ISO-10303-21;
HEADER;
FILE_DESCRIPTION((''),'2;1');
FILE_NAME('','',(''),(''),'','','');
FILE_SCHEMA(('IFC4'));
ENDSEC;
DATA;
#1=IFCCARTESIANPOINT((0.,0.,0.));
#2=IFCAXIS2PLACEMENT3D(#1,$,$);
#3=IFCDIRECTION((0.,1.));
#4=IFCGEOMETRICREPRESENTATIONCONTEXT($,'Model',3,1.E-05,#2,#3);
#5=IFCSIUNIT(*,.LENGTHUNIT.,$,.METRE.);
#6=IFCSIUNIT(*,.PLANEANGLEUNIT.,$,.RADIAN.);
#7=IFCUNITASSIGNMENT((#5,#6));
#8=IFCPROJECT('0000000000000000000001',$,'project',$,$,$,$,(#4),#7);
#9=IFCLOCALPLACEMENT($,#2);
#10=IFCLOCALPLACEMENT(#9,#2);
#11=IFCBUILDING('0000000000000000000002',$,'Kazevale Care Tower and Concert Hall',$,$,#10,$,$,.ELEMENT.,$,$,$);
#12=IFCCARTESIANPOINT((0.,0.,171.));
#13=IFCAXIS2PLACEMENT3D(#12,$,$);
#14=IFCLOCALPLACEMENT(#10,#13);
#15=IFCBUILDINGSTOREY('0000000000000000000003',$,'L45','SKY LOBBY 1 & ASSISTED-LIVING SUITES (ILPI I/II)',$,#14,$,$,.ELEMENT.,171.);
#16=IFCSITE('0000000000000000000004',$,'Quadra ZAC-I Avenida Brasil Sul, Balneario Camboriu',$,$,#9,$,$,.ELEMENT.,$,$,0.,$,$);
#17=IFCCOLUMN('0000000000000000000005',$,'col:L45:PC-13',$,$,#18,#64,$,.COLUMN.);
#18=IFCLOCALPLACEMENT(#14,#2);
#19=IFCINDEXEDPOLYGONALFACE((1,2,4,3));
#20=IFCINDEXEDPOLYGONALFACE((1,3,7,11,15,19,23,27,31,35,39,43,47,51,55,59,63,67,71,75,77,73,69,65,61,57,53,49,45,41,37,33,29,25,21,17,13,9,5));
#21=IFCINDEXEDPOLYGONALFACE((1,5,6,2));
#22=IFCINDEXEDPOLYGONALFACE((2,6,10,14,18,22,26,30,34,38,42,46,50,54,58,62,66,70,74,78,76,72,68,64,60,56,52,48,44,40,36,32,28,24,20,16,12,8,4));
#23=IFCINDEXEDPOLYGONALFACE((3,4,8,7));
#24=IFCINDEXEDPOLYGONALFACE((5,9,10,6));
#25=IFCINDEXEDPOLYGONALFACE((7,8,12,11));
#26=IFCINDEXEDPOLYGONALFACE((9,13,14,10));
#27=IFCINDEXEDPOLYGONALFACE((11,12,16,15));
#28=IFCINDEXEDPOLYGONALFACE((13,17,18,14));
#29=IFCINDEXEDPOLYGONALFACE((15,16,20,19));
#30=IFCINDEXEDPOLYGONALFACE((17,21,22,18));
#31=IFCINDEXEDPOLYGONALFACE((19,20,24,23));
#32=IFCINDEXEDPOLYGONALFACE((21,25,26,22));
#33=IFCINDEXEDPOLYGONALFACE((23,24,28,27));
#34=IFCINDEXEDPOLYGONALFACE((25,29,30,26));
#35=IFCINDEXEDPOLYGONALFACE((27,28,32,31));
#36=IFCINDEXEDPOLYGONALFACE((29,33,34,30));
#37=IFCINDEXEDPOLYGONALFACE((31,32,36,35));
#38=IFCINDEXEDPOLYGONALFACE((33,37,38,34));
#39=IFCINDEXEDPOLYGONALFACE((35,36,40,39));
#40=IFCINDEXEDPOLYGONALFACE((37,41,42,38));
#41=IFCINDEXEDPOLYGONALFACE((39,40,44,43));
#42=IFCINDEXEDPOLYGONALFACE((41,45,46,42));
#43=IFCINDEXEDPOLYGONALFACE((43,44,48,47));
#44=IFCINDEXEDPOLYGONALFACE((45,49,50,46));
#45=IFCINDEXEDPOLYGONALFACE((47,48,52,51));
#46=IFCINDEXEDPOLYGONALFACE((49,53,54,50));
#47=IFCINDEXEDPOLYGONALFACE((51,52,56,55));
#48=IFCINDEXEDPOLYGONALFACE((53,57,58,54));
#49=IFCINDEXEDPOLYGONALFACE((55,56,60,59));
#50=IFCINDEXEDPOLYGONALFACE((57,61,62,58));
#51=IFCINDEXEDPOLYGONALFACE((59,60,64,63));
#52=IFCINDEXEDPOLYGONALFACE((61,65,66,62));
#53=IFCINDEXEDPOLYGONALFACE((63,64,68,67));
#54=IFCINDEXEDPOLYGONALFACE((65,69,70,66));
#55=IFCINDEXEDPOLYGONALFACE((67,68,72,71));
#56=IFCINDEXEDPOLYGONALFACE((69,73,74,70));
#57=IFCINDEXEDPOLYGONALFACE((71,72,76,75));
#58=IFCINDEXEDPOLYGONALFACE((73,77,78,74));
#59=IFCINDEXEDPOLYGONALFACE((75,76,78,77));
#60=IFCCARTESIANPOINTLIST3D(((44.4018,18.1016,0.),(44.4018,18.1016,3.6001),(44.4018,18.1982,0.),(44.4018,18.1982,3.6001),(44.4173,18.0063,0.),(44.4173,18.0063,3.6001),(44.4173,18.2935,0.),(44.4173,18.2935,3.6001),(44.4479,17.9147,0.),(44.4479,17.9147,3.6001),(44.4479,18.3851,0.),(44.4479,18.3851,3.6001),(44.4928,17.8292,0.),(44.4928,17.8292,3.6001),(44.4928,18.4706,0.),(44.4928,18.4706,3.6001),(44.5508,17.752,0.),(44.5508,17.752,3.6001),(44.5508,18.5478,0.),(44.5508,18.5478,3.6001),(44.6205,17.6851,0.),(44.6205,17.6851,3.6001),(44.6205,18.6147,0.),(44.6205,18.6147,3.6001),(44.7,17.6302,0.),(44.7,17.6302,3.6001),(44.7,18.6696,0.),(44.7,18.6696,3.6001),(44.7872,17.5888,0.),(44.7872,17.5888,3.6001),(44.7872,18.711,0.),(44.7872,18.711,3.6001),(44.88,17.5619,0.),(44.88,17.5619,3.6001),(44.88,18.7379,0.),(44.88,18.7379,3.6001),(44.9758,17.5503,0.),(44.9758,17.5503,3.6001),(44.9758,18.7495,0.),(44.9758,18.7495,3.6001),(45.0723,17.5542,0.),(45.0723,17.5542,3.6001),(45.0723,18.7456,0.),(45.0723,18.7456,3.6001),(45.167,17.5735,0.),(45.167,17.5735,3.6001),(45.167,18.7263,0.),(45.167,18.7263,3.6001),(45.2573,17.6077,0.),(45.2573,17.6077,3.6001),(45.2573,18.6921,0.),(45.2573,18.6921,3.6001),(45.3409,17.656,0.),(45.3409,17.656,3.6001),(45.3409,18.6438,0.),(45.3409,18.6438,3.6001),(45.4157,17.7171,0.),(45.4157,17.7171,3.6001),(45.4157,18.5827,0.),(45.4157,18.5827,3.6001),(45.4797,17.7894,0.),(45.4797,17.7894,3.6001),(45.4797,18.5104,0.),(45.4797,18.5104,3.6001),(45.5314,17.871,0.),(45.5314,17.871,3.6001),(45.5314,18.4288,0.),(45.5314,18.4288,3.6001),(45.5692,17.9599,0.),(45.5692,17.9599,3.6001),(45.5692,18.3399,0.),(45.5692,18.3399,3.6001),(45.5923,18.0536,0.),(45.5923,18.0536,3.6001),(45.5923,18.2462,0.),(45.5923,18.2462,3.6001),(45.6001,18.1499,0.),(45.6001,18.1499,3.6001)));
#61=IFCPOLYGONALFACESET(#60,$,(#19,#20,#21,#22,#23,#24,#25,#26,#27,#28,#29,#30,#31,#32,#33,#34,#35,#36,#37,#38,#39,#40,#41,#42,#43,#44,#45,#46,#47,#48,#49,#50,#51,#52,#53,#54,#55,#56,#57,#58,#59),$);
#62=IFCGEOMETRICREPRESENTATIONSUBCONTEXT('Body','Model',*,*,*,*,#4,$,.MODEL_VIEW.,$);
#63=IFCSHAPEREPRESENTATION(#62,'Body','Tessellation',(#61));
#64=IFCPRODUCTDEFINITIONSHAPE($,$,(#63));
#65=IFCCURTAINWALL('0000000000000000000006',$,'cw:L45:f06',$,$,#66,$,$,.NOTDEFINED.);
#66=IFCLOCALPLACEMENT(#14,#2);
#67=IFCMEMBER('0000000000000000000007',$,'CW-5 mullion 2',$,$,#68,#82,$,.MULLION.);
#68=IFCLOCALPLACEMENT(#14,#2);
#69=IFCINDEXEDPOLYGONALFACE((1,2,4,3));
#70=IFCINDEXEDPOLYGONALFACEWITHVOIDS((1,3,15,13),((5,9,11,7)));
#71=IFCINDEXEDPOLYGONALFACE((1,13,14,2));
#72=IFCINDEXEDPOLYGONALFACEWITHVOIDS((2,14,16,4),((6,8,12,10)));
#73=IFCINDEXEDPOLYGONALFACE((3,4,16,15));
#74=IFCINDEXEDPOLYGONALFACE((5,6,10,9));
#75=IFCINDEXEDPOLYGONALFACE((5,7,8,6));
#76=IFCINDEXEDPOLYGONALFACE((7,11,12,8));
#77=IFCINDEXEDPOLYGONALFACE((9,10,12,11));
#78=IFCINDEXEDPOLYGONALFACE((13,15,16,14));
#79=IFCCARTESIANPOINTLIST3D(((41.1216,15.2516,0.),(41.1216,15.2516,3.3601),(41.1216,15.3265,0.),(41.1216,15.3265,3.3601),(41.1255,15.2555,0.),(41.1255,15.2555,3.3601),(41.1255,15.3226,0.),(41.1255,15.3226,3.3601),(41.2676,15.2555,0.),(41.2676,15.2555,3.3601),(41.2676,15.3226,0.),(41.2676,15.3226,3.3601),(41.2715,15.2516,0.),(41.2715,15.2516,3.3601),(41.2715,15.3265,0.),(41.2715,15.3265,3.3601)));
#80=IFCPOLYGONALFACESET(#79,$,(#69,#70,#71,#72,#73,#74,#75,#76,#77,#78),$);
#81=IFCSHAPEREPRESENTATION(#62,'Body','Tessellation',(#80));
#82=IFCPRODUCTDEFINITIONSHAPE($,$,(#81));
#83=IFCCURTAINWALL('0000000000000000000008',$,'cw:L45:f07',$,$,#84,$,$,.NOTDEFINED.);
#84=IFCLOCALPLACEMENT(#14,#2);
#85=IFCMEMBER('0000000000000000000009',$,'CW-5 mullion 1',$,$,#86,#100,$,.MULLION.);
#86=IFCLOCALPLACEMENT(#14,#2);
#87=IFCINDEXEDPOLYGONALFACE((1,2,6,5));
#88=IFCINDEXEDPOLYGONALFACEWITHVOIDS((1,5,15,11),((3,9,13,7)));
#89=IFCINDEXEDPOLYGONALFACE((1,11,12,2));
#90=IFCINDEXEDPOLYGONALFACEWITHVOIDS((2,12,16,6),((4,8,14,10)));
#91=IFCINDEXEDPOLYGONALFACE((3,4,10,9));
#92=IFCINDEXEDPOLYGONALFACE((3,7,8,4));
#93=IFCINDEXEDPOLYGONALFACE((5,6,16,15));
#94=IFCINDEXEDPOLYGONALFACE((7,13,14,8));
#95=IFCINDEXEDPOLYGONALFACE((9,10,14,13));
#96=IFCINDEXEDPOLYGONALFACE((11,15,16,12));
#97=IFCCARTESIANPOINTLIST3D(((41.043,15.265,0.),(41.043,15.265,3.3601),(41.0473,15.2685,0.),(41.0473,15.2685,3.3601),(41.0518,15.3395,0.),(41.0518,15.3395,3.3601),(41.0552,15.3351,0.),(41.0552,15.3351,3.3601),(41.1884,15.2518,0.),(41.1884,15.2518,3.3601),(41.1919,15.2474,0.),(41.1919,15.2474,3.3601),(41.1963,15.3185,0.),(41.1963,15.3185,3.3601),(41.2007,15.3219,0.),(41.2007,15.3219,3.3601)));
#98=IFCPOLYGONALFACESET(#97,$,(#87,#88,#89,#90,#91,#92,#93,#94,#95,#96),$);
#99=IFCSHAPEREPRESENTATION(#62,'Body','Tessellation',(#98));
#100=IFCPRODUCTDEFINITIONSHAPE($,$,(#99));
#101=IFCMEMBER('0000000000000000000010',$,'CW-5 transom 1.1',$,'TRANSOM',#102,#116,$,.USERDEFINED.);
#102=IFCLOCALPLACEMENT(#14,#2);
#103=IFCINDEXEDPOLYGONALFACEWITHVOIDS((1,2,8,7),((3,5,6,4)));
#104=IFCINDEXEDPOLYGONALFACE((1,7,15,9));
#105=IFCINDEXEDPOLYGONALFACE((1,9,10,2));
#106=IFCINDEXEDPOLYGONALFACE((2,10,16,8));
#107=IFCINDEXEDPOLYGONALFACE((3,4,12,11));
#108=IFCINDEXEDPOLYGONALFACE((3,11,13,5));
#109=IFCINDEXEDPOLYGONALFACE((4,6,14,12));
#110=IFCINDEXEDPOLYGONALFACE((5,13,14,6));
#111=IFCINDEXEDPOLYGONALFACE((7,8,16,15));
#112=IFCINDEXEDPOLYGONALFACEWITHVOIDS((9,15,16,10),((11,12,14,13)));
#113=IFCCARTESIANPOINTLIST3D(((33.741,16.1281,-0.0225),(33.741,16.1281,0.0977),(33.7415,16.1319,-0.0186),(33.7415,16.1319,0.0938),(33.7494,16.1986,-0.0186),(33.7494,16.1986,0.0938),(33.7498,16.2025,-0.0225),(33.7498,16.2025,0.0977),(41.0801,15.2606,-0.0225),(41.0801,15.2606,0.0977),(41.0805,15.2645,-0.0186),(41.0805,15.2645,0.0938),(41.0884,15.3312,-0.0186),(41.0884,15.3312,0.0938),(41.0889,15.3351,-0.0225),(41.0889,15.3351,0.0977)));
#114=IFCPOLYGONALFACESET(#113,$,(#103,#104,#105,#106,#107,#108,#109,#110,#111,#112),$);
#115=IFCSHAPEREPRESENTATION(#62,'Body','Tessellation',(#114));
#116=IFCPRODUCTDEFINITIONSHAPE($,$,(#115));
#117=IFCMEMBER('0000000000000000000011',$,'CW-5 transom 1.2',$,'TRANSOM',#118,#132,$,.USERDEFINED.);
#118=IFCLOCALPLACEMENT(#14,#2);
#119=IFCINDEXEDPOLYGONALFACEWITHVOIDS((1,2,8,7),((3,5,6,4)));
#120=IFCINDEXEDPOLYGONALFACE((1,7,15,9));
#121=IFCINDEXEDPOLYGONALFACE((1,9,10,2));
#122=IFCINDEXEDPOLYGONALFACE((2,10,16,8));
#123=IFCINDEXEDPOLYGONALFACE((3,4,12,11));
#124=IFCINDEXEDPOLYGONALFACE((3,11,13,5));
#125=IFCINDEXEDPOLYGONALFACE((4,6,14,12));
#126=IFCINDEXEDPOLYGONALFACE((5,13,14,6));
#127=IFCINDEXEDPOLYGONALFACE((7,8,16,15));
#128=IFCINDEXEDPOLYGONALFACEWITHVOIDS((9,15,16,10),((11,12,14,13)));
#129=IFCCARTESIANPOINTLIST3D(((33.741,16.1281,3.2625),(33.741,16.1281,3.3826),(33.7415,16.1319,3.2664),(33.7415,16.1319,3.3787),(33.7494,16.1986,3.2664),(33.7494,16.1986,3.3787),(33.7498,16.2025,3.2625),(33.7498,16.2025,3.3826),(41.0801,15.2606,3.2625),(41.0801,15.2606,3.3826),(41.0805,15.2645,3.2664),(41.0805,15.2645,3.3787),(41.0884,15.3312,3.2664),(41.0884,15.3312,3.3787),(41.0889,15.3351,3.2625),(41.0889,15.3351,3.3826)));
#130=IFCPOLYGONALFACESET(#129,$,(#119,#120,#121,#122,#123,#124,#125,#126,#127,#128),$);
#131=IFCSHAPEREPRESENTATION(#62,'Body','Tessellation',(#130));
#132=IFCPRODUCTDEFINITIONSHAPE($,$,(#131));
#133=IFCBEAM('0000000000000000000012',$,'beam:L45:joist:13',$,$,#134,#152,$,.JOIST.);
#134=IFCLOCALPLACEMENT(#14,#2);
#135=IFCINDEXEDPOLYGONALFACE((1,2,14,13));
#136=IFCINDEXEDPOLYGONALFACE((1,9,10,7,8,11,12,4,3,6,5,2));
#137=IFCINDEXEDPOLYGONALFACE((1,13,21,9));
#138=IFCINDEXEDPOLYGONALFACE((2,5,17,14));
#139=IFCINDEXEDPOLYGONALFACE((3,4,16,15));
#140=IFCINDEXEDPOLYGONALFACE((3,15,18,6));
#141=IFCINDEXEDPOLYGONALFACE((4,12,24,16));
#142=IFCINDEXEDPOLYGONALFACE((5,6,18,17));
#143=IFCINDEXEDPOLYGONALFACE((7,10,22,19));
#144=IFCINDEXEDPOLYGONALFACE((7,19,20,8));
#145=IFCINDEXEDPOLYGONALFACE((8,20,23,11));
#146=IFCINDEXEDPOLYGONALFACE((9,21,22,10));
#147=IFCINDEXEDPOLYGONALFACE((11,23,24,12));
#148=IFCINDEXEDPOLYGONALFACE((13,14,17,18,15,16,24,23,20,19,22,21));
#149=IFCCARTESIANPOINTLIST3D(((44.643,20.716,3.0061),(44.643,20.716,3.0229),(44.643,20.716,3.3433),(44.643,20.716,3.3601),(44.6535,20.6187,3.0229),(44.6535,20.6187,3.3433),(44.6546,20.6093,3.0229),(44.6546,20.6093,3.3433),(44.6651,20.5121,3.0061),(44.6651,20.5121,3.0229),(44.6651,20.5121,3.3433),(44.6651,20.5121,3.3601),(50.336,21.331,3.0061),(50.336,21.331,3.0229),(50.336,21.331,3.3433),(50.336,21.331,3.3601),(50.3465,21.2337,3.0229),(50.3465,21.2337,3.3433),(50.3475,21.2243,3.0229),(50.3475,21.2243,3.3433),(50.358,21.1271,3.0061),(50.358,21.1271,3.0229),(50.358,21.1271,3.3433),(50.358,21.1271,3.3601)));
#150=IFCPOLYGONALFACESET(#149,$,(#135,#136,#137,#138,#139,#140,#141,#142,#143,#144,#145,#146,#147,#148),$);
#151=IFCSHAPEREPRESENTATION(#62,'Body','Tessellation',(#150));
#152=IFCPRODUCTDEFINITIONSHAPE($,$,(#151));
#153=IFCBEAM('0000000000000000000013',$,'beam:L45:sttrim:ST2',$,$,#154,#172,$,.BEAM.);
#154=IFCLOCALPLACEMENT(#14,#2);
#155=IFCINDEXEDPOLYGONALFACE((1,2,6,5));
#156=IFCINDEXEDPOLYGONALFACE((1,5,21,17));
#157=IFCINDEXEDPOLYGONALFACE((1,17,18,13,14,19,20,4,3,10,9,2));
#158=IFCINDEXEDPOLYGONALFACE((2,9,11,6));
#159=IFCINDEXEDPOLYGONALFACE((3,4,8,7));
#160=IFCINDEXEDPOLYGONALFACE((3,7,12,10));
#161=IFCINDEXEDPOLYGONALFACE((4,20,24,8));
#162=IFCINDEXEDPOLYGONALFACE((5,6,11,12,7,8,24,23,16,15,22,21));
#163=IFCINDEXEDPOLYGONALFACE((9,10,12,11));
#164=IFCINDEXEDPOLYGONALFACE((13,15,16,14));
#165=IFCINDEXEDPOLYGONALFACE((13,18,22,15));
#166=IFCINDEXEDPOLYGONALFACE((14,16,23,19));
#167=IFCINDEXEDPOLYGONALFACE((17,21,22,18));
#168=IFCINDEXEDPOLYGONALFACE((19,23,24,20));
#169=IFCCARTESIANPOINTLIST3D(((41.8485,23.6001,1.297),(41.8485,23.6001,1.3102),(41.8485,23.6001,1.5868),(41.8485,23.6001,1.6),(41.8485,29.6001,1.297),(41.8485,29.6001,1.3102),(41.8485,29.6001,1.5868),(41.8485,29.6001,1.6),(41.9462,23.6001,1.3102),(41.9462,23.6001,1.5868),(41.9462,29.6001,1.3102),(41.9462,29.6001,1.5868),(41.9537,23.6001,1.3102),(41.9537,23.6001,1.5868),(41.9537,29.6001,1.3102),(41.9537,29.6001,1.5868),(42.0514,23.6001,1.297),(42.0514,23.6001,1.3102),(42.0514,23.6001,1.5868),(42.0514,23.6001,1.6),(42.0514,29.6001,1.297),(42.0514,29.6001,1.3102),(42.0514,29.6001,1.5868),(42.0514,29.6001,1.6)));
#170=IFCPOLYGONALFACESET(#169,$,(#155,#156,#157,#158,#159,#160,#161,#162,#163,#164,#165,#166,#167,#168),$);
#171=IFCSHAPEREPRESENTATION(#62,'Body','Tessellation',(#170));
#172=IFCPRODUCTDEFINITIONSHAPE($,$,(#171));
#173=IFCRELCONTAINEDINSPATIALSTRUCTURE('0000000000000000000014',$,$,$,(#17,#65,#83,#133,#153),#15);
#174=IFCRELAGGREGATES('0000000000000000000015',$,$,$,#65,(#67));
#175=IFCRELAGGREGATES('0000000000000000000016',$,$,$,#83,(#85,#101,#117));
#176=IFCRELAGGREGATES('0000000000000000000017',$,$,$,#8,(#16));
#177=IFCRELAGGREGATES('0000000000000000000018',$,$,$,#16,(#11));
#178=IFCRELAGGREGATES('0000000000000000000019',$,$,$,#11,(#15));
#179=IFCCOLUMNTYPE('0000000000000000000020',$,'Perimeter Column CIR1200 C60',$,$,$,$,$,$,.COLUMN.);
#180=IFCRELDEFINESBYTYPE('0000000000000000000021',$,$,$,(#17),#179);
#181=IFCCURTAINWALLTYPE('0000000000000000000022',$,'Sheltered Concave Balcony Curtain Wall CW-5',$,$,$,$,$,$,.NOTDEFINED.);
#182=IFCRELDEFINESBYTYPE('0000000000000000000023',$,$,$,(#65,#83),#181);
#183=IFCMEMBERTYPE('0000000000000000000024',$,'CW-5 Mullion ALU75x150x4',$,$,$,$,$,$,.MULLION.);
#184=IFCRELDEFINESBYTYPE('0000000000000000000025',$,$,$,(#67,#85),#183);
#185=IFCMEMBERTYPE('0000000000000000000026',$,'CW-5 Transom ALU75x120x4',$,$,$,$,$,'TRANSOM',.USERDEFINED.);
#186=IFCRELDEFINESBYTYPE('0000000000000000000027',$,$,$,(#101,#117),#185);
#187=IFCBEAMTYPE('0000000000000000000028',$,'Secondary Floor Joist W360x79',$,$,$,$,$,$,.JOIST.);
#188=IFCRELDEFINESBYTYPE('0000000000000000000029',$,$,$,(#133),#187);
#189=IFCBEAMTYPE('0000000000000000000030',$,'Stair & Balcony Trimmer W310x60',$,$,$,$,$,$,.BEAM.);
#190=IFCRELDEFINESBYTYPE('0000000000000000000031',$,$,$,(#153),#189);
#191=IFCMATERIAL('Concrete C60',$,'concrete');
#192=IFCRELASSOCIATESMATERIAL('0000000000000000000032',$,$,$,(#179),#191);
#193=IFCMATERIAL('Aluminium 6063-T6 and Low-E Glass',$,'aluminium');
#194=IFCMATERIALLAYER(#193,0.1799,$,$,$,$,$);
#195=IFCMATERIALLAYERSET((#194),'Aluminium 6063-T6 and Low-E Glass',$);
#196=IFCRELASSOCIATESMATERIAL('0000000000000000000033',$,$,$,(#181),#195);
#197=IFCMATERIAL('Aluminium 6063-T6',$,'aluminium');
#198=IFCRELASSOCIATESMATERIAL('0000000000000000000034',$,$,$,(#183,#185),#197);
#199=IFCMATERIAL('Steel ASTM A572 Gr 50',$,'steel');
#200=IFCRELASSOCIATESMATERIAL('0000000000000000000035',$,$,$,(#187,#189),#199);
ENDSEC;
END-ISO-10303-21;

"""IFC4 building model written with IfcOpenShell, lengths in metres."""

from ifc_helpers import new_model, si_unit, direction, frame, origin, origin_2d, place, context, subcontext, project, spatial, hollow_rectangle, circle, i_section, extrude, material, layer, layer_set, material_profile, profile_set, type_object, element, aggregate, save


model = new_model("IFC4")

# Units and contexts
model_context = context("Model", 3, precision=1e-05, world=origin(), true_north=direction((0.0, 1.0)))
body_context = subcontext(model_context, "Body", "Model", "MODEL_VIEW")
ifc_project = project(units=[si_unit("LENGTHUNIT", "METRE"), si_unit("PLANEANGLEUNIT", "RADIAN")], contexts=[model_context])

# Site, building, storey
site_placement = place(None, origin())
site = spatial("IfcSite", under=ifc_project, at=site_placement, Name="Quadra ZAC-I Avenida Brasil Sul, Balneario Camboriu", CompositionType="ELEMENT", RefElevation=0.0)
building_placement = place(site_placement, origin())
building = spatial("IfcBuilding", under=site, at=building_placement, Name="Kazevale Care Tower and Concert Hall", CompositionType="ELEMENT")
storey_placement = place(building_placement, frame((0.0, 0.0, 171.0)))
storey = spatial("IfcBuildingStorey", under=building, at=storey_placement, Name="L45", Description="SKY LOBBY 1 & ASSISTED-LIVING SUITES (ILPI I/II)", CompositionType="ELEMENT", Elevation=171.0)

# Column
ifc_material_1 = material(Name="Concrete C60", Category="concrete")
ifc_material_profile_1 = material_profile(ifc_material_1, circle(Radius=0.6001, at=origin_2d()), Name="RC-CIR1200")
ifc_profile_set_1 = profile_set([ifc_material_profile_1], Name="Concrete C60")
column_type = type_object("IfcColumnType", Name="Perimeter Column CIR1200 C60", PredefinedType="COLUMN", material=ifc_profile_set_1)
column_placement = place(storey_placement, frame((45.0, 18.1499, 0.0), z_axis=(0.0, 0.0, 1.0), x_axis=(1.0, 0.0, 0.0)))
element("IfcColumn", 1, at=column_placement, inside=storey, type_object=column_type, Name="col:L45:PC-13", PredefinedType="COLUMN", context=body_context, shape_type="SweptSolid", body=[
    extrude(circle(Radius=0.6001, at=origin_2d()), origin(), (0.0, 0.0, 1.0), 3.6001),
])

# Curtain wall, member
ifc_material_2 = material(Name="Aluminium 6063-T6 and Low-E Glass", Category="aluminium")
ifc_layer_1 = layer(ifc_material_2, 0.1799)
ifc_layer_set_1 = layer_set([ifc_layer_1], Name="Aluminium 6063-T6 and Low-E Glass")
curtain_wall_type = type_object("IfcCurtainWallType", Name="Sheltered Concave Balcony Curtain Wall CW-5", PredefinedType="NOTDEFINED", material=ifc_layer_set_1)
curtain_wall_1_placement = place(storey_placement, origin())
curtain_wall_1 = element("IfcCurtainWall", 2, at=curtain_wall_1_placement, inside=storey, type_object=curtain_wall_type, Name="cw:L45:f06", PredefinedType="NOTDEFINED")
ifc_material_3 = material(Name="Aluminium 6063-T6", Category="aluminium")
ifc_material_profile_2 = material_profile(ifc_material_3, hollow_rectangle(XDim=0.075, YDim=0.1499, WallThickness=0.0039, at=origin_2d()), Name="ALU75x150x4")
ifc_profile_set_2 = profile_set([ifc_material_profile_2], Name="Aluminium 6063-T6")
member_type_1 = type_object("IfcMemberType", Name="CW-5 Mullion ALU75x150x4", PredefinedType="MULLION", material=ifc_profile_set_2)
member_1_placement = place(storey_placement, frame((41.1965, 15.2891, 0.0), z_axis=(0.0, 0.0, 1.0), x_axis=(0.0, -1.0, 0.0)))
member_1 = element("IfcMember", 3, at=member_1_placement, type_object=member_type_1, Name="CW-5 mullion 2", PredefinedType="MULLION", context=body_context, shape_type="SweptSolid", body=[
    extrude(hollow_rectangle(XDim=0.075, YDim=0.1499, WallThickness=0.0039, at=origin_2d()), origin(), (0.0, 0.0, 1.0), 3.3601),
])

# Curtain wall, members
curtain_wall_2_placement = place(storey_placement, origin())
curtain_wall_2 = element("IfcCurtainWall", 4, at=curtain_wall_2_placement, inside=storey, type_object=curtain_wall_type, Name="cw:L45:f07", PredefinedType="NOTDEFINED")
member_2_placement = place(storey_placement, frame((41.1218, 15.2935, 0.0), z_axis=(0.0, 0.0, 1.0), x_axis=(-0.117372, -0.993088, 0.0)))
member_2 = element("IfcMember", 5, at=member_2_placement, type_object=member_type_1, Name="CW-5 mullion 1", PredefinedType="MULLION", context=body_context, shape_type="SweptSolid", body=[
    extrude(hollow_rectangle(XDim=0.075, YDim=0.1499, WallThickness=0.0039, at=origin_2d()), origin(), (0.0, 0.0, 1.0), 3.3601),
])
ifc_material_profile_3 = material_profile(ifc_material_3, hollow_rectangle(XDim=0.075, YDim=0.1201, WallThickness=0.0039, at=origin_2d()), Name="ALU75x120x4")
ifc_profile_set_3 = profile_set([ifc_material_profile_3], Name="Aluminium 6063-T6")
member_type_2 = type_object("IfcMemberType", Name="CW-5 Transom ALU75x120x4", ElementType="TRANSOM", PredefinedType="USERDEFINED", material=ifc_profile_set_3)
member_3_placement = place(storey_placement, frame((41.0845, 15.2979, 0.0376), z_axis=(-0.993088, 0.117376, 0.0), x_axis=(-0.117376, -0.993088, 0.0)))
member_3 = element("IfcMember", 6, at=member_3_placement, type_object=member_type_2, Name="CW-5 transom 1.1", ObjectType="TRANSOM", PredefinedType="USERDEFINED", context=body_context, shape_type="SweptSolid", body=[
    extrude(hollow_rectangle(XDim=0.075, YDim=0.1201, WallThickness=0.0039, at=origin_2d()), origin(), (0.0, 0.0, 1.0), 7.3901),
])
member_4_placement = place(storey_placement, frame((41.0845, 15.2979, 3.3225), z_axis=(-0.993088, 0.117376, 0.0), x_axis=(-0.117376, -0.993088, 0.0)))
member_4 = element("IfcMember", 7, at=member_4_placement, type_object=member_type_2, Name="CW-5 transom 1.2", ObjectType="TRANSOM", PredefinedType="USERDEFINED", context=body_context, shape_type="SweptSolid", body=[
    extrude(hollow_rectangle(XDim=0.075, YDim=0.1201, WallThickness=0.0039, at=origin_2d()), origin(), (0.0, 0.0, 1.0), 7.3901),
])

# Beams
ifc_material_4 = material(Name="Steel ASTM A572 Gr 50", Category="steel")
ifc_material_profile_4 = material_profile(ifc_material_4, i_section(OverallWidth=0.2051, OverallDepth=0.354, WebThickness=0.0095, FlangeThickness=0.0168, at=origin_2d()), Name="W360x79")
ifc_profile_set_4 = profile_set([ifc_material_profile_4], Name="Steel ASTM A572 Gr 50")
beam_type_1 = type_object("IfcBeamType", Name="Secondary Floor Joist W360x79", PredefinedType="JOIST", material=ifc_profile_set_4)
beam_1_placement = place(storey_placement, frame((44.6541, 20.614, 3.1831), z_axis=(0.994216, 0.107403, 0.0), x_axis=(-0.107403, 0.994216, 0.0)))
element("IfcBeam", 8, at=beam_1_placement, inside=storey, type_object=beam_type_1, Name="beam:L45:joist:13", PredefinedType="JOIST", context=body_context, shape_type="SweptSolid", body=[
    extrude(i_section(OverallWidth=0.2051, OverallDepth=0.354, WebThickness=0.0095, FlangeThickness=0.0168, at=origin_2d()), origin(), (0.0, 0.0, 1.0), 5.7261),
])
ifc_material_profile_5 = material_profile(ifc_material_4, i_section(OverallWidth=0.2029, OverallDepth=0.303, WebThickness=0.0076, FlangeThickness=0.0132, at=origin_2d()), Name="W310x60")
ifc_profile_set_5 = profile_set([ifc_material_profile_5], Name="Steel ASTM A572 Gr 50")
beam_type_2 = type_object("IfcBeamType", Name="Stair & Balcony Trimmer W310x60", PredefinedType="BEAM", material=ifc_profile_set_5)
beam_2_placement = place(storey_placement, frame((41.95, 23.6001, 1.4485), z_axis=(0.0, 1.0, 0.0), x_axis=(-1.0, 0.0, 0.0)))
element("IfcBeam", 9, at=beam_2_placement, inside=storey, type_object=beam_type_2, Name="beam:L45:sttrim:ST2", PredefinedType="BEAM", context=body_context, shape_type="SweptSolid", body=[
    extrude(i_section(OverallWidth=0.2029, OverallDepth=0.303, WebThickness=0.0076, FlangeThickness=0.0132, at=origin_2d()), origin(), (0.0, 0.0, 1.0), 6.0),
])

aggregate(curtain_wall_1, [member_1])
aggregate(curtain_wall_2, [member_2, member_3, member_4])

save(model, "model.ifc")
